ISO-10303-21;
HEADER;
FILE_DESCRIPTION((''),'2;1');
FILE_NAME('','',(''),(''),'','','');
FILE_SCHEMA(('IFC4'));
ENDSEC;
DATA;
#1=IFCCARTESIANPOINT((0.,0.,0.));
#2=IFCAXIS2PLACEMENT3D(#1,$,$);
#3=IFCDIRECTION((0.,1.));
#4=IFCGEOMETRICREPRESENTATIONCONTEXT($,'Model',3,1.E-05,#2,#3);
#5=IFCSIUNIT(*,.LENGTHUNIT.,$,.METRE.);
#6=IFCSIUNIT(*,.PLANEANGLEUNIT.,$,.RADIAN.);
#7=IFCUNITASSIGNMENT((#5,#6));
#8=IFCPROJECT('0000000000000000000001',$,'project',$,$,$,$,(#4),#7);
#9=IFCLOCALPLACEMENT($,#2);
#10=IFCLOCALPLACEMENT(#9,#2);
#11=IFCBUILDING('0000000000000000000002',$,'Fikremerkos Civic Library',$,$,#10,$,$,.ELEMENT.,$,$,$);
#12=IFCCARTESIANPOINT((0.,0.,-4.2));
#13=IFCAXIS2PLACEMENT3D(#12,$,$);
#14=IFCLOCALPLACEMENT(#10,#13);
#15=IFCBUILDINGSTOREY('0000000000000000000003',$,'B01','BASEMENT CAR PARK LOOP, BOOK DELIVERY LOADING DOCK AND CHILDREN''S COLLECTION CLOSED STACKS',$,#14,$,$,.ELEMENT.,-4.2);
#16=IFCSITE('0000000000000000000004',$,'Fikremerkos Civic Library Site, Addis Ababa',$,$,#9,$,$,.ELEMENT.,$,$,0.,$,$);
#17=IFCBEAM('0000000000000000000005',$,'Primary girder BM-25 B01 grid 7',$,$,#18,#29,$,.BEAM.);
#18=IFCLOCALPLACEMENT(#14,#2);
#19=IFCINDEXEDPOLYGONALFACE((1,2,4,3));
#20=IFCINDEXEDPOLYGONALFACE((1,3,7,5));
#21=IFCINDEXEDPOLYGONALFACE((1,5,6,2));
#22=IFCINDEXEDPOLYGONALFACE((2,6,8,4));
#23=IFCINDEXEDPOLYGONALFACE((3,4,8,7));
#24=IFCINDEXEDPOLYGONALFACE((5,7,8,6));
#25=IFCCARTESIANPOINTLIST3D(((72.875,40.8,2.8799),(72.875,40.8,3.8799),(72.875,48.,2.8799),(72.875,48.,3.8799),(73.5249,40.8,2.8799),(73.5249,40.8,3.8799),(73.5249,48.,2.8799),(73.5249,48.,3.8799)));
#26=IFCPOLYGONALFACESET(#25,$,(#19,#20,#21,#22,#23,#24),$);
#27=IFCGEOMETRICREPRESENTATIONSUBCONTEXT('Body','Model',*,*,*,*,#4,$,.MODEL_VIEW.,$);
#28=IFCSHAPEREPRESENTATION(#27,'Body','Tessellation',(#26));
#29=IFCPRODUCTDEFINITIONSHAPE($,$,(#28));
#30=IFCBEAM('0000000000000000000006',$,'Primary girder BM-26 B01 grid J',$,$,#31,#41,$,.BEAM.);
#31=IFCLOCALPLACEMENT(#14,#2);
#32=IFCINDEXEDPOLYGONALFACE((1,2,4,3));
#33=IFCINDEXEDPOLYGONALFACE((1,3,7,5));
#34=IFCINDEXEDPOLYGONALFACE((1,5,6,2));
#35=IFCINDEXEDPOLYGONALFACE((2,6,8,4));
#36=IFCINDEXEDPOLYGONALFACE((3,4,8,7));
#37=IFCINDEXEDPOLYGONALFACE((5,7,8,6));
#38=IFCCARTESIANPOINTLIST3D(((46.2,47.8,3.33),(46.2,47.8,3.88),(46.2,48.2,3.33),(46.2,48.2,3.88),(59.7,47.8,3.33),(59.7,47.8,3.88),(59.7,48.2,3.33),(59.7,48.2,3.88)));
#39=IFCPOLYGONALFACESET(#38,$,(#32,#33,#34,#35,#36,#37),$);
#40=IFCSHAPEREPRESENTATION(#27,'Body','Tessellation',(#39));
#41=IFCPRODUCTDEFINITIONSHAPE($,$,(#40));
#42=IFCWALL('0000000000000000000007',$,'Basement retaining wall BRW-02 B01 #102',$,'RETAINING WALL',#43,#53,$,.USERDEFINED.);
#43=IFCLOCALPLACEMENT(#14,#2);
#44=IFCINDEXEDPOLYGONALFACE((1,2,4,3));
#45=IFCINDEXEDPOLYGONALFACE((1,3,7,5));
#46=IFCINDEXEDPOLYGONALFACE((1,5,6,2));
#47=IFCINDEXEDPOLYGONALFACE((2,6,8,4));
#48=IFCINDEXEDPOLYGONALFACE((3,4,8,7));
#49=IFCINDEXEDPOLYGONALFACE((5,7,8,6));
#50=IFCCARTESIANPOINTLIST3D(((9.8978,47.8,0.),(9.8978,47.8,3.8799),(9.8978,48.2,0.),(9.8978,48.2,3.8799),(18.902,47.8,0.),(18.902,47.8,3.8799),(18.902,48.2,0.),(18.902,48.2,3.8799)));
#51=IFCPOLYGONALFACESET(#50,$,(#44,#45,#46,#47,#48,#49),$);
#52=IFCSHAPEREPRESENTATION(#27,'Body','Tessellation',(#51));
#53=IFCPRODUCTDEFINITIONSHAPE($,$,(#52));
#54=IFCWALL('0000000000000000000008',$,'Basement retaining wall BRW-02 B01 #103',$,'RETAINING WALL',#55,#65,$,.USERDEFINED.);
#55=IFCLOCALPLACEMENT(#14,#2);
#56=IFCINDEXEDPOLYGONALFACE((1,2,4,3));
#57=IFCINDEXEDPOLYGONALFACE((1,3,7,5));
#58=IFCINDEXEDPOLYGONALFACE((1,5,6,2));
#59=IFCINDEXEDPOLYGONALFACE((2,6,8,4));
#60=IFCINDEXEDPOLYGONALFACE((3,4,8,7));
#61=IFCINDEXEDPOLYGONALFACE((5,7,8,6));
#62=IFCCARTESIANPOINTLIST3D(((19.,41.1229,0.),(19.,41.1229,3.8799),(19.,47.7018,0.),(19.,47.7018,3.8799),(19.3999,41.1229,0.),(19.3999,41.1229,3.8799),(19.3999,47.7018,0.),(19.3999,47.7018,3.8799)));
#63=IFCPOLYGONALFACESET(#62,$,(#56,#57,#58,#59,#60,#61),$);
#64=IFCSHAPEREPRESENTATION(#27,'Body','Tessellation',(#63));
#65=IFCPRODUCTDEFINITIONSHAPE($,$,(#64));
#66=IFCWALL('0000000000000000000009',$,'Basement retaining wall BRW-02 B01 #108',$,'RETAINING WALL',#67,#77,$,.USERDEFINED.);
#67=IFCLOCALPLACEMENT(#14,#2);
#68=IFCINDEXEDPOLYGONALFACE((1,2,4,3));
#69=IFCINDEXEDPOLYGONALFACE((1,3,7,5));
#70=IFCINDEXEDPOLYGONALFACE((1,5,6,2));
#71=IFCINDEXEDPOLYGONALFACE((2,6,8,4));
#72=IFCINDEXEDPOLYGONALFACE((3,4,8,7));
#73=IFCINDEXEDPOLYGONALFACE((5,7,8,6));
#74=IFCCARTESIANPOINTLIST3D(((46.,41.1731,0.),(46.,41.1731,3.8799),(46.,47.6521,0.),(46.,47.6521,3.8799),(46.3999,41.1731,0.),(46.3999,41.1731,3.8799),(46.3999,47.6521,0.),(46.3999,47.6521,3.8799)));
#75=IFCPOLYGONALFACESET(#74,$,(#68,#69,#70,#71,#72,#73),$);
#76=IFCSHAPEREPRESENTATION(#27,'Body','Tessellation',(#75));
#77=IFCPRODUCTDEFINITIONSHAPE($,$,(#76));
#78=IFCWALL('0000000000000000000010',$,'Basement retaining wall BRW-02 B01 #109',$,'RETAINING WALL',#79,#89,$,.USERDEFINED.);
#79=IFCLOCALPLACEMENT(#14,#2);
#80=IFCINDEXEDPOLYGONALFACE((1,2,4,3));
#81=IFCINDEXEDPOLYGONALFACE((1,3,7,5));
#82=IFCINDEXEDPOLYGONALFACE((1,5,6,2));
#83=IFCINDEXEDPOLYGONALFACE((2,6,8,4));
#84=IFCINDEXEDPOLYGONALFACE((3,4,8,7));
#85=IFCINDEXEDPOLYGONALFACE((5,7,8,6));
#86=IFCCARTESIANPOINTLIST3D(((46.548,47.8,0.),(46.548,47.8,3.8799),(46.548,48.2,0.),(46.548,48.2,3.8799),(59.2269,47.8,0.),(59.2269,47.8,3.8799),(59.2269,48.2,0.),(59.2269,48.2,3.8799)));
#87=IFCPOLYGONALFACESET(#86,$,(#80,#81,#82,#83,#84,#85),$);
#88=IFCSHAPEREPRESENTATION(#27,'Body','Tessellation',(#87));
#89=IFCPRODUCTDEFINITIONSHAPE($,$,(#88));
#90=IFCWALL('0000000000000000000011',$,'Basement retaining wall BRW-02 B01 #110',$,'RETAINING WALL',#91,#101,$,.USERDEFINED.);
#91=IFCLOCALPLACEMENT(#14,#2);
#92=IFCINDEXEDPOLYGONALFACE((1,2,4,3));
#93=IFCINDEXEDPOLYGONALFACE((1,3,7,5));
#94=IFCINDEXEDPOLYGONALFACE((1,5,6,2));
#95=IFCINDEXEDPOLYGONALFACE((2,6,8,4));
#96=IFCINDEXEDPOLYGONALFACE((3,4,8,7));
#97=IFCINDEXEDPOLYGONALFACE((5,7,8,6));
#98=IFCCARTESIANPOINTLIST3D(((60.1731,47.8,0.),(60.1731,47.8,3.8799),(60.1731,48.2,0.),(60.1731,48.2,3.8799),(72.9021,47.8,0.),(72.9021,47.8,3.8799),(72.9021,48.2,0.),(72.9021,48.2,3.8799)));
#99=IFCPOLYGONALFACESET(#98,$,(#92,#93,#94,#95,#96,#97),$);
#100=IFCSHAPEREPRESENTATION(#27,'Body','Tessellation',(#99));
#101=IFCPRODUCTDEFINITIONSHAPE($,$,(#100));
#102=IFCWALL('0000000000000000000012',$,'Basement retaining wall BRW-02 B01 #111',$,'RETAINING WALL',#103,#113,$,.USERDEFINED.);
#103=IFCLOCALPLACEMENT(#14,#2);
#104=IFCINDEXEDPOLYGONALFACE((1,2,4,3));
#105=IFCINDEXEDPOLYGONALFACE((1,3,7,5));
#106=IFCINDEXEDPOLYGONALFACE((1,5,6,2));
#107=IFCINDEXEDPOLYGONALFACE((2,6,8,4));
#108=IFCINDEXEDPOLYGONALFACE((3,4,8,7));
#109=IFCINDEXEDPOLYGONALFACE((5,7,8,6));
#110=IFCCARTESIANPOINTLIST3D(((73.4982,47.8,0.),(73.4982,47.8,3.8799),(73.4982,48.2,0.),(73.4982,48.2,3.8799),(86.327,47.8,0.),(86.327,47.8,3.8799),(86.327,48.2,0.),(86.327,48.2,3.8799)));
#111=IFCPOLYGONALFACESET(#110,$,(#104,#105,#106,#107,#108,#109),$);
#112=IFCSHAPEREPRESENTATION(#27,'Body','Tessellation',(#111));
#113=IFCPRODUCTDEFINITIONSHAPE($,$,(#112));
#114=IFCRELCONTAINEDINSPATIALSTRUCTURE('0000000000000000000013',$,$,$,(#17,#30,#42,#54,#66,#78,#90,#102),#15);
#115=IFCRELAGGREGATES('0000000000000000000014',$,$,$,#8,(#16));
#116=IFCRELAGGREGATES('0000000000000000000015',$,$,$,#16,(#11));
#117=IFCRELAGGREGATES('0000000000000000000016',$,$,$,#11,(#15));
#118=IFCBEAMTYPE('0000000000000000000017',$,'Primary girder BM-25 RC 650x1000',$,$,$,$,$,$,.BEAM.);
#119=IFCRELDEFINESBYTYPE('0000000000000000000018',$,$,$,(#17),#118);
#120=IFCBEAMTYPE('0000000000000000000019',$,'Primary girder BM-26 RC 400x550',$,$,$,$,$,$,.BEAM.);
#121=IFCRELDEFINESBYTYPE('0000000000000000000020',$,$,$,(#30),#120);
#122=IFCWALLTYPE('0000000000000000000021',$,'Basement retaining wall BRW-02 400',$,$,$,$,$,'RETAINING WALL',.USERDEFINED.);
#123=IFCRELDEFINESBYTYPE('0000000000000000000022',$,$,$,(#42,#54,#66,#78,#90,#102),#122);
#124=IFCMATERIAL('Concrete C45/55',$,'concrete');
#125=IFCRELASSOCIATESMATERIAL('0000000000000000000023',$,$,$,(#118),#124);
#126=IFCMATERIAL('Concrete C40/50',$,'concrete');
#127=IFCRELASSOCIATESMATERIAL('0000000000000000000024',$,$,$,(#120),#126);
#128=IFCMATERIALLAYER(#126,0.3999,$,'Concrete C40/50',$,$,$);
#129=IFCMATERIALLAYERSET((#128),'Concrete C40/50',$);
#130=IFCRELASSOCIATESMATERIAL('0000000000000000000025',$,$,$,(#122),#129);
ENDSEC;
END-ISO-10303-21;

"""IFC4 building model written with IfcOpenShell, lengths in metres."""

from ifc_helpers import new_model, si_unit, direction, frame, frame_2d, origin, origin_2d, place, context, subcontext, project, spatial, rectangle, extrude, material, layer, layer_set, material_profile, profile_set, type_object, element, save


model = new_model("IFC4")

# Units and contexts
model_context = context("Model", 3, precision=1e-05, world=origin(), true_north=direction((0.0, 1.0)))
body_context = subcontext(model_context, "Body", "Model", "MODEL_VIEW")
ifc_project = project(units=[si_unit("LENGTHUNIT", "METRE"), si_unit("PLANEANGLEUNIT", "RADIAN")], contexts=[model_context])

# Site, building, storey
site_placement = place(None, origin())
site = spatial("IfcSite", under=ifc_project, at=site_placement, Name="Fikremerkos Civic Library Site, Addis Ababa", CompositionType="ELEMENT", RefElevation=0.0)
building_placement = place(site_placement, origin())
building = spatial("IfcBuilding", under=site, at=building_placement, Name="Fikremerkos Civic Library", CompositionType="ELEMENT")
storey_placement = place(building_placement, frame((0.0, 0.0, -4.2)))
storey = spatial("IfcBuildingStorey", under=building, at=storey_placement, Name="B01", Description="BASEMENT CAR PARK LOOP, BOOK DELIVERY LOADING DOCK AND CHILDREN'S COLLECTION CLOSED STACKS", CompositionType="ELEMENT", Elevation=-4.2)

# Shared definitions
ifc_material_1 = material(Name="Concrete C45/55", Category="concrete")
ifc_material_2 = material(Name="Concrete C40/50", Category="concrete")

# Beams
ifc_material_profile_1 = material_profile(ifc_material_1, rectangle(XDim=0.6499, YDim=1.0, at=origin_2d()), Name="RC 650x1000")
ifc_profile_set_1 = profile_set([ifc_material_profile_1], Name="Concrete C45/55")
beam_type_1 = type_object("IfcBeamType", Name="Primary girder BM-25 RC 650x1000", PredefinedType="BEAM", material=ifc_profile_set_1)
beam_1_placement = place(storey_placement, frame((73.2, 40.8, 3.3799), z_axis=(0.0, 1.0, 0.0), x_axis=(-1.0, 0.0, 0.0)))
element("IfcBeam", 1, at=beam_1_placement, inside=storey, type_object=beam_type_1, Name="Primary girder BM-25 B01 grid 7", PredefinedType="BEAM", context=body_context, shape_type="SweptSolid", body=[
    extrude(rectangle(XDim=0.6499, YDim=1.0, at=origin_2d()), origin(), (0.0, 0.0, 1.0), 7.2),
])
ifc_material_profile_2 = material_profile(ifc_material_2, rectangle(XDim=0.3999, YDim=0.55, at=origin_2d()), Name="RC 400x550")
ifc_profile_set_2 = profile_set([ifc_material_profile_2], Name="Concrete C40/50")
beam_type_2 = type_object("IfcBeamType", Name="Primary girder BM-26 RC 400x550", PredefinedType="BEAM", material=ifc_profile_set_2)
beam_2_placement = place(storey_placement, frame((46.2, 48.0, 3.605), z_axis=(1.0, 0.0, 0.0), x_axis=(0.0, 1.0, 0.0)))
element("IfcBeam", 2, at=beam_2_placement, inside=storey, type_object=beam_type_2, Name="Primary girder BM-26 B01 grid J", PredefinedType="BEAM", context=body_context, shape_type="SweptSolid", body=[
    extrude(rectangle(XDim=0.3999, YDim=0.55, at=origin_2d()), origin(), (0.0, 0.0, 1.0), 13.5),
])

# Walls
ifc_layer = layer(ifc_material_2, 0.3999, Name="Concrete C40/50")
ifc_layer_set = layer_set([ifc_layer], Name="Concrete C40/50")
wall_type = type_object("IfcWallType", Name="Basement retaining wall BRW-02 400", ElementType="RETAINING WALL", PredefinedType="USERDEFINED", material=ifc_layer_set)
wall_1_placement = place(storey_placement, frame((9.8979, 48.0, 0.0), z_axis=(0.0, 0.0, 1.0), x_axis=(1.0, 0.0, 0.0)))
element("IfcWall", 3, at=wall_1_placement, inside=storey, type_object=wall_type, Name="Basement retaining wall BRW-02 B01 #102", ObjectType="RETAINING WALL", PredefinedType="USERDEFINED", context=body_context, shape_type="SweptSolid", body=[
    extrude(rectangle(XDim=9.0042, YDim=0.3999, at=frame_2d((4.502, 0.0))), origin(), (0.0, 0.0, 1.0), 3.8799),
])
wall_2_placement = place(storey_placement, frame((19.2, 47.7019, 0.0), z_axis=(0.0, 0.0, 1.0), x_axis=(0.0, -1.0, 0.0)))
element("IfcWall", 4, at=wall_2_placement, inside=storey, type_object=wall_type, Name="Basement retaining wall BRW-02 B01 #103", ObjectType="RETAINING WALL", PredefinedType="USERDEFINED", context=body_context, shape_type="SweptSolid", body=[
    extrude(rectangle(XDim=6.5789, YDim=0.3999, at=frame_2d((3.2896, 0.0))), origin(), (0.0, 0.0, 1.0), 3.8799),
])
wall_3_placement = place(storey_placement, frame((46.2, 41.1731, 0.0), z_axis=(0.0, 0.0, 1.0), x_axis=(0.0, 1.0, 0.0)))
element("IfcWall", 5, at=wall_3_placement, inside=storey, type_object=wall_type, Name="Basement retaining wall BRW-02 B01 #108", ObjectType="RETAINING WALL", PredefinedType="USERDEFINED", context=body_context, shape_type="SweptSolid", body=[
    extrude(rectangle(XDim=6.479, YDim=0.3999, at=frame_2d((3.2395, 0.0))), origin(), (0.0, 0.0, 1.0), 3.8799),
])
wall_4_placement = place(storey_placement, frame((46.5481, 48.0, 0.0), z_axis=(0.0, 0.0, 1.0), x_axis=(1.0, 0.0, 0.0)))
element("IfcWall", 6, at=wall_4_placement, inside=storey, type_object=wall_type, Name="Basement retaining wall BRW-02 B01 #109", ObjectType="RETAINING WALL", PredefinedType="USERDEFINED", context=body_context, shape_type="SweptSolid", body=[
    extrude(rectangle(XDim=12.679, YDim=0.3999, at=frame_2d((6.3394, 0.0))), origin(), (0.0, 0.0, 1.0), 3.8799),
])
wall_5_placement = place(storey_placement, frame((60.1731, 48.0, 0.0), z_axis=(0.0, 0.0, 1.0), x_axis=(1.0, 0.0, 0.0)))
element("IfcWall", 7, at=wall_5_placement, inside=storey, type_object=wall_type, Name="Basement retaining wall BRW-02 B01 #110", ObjectType="RETAINING WALL", PredefinedType="USERDEFINED", context=body_context, shape_type="SweptSolid", body=[
    extrude(rectangle(XDim=12.729, YDim=0.3999, at=frame_2d((6.3645, 0.0))), origin(), (0.0, 0.0, 1.0), 3.8799),
])
wall_6_placement = place(storey_placement, frame((73.498, 48.0, 0.0), z_axis=(0.0, 0.0, 1.0), x_axis=(1.0, 0.0, 0.0)))
element("IfcWall", 8, at=wall_6_placement, inside=storey, type_object=wall_type, Name="Basement retaining wall BRW-02 B01 #111", ObjectType="RETAINING WALL", PredefinedType="USERDEFINED", context=body_context, shape_type="SweptSolid", body=[
    extrude(rectangle(XDim=12.8289, YDim=0.3999, at=frame_2d((6.4146, 0.0))), origin(), (0.0, 0.0, 1.0), 3.8799),
])

save(model, "model.ifc")
